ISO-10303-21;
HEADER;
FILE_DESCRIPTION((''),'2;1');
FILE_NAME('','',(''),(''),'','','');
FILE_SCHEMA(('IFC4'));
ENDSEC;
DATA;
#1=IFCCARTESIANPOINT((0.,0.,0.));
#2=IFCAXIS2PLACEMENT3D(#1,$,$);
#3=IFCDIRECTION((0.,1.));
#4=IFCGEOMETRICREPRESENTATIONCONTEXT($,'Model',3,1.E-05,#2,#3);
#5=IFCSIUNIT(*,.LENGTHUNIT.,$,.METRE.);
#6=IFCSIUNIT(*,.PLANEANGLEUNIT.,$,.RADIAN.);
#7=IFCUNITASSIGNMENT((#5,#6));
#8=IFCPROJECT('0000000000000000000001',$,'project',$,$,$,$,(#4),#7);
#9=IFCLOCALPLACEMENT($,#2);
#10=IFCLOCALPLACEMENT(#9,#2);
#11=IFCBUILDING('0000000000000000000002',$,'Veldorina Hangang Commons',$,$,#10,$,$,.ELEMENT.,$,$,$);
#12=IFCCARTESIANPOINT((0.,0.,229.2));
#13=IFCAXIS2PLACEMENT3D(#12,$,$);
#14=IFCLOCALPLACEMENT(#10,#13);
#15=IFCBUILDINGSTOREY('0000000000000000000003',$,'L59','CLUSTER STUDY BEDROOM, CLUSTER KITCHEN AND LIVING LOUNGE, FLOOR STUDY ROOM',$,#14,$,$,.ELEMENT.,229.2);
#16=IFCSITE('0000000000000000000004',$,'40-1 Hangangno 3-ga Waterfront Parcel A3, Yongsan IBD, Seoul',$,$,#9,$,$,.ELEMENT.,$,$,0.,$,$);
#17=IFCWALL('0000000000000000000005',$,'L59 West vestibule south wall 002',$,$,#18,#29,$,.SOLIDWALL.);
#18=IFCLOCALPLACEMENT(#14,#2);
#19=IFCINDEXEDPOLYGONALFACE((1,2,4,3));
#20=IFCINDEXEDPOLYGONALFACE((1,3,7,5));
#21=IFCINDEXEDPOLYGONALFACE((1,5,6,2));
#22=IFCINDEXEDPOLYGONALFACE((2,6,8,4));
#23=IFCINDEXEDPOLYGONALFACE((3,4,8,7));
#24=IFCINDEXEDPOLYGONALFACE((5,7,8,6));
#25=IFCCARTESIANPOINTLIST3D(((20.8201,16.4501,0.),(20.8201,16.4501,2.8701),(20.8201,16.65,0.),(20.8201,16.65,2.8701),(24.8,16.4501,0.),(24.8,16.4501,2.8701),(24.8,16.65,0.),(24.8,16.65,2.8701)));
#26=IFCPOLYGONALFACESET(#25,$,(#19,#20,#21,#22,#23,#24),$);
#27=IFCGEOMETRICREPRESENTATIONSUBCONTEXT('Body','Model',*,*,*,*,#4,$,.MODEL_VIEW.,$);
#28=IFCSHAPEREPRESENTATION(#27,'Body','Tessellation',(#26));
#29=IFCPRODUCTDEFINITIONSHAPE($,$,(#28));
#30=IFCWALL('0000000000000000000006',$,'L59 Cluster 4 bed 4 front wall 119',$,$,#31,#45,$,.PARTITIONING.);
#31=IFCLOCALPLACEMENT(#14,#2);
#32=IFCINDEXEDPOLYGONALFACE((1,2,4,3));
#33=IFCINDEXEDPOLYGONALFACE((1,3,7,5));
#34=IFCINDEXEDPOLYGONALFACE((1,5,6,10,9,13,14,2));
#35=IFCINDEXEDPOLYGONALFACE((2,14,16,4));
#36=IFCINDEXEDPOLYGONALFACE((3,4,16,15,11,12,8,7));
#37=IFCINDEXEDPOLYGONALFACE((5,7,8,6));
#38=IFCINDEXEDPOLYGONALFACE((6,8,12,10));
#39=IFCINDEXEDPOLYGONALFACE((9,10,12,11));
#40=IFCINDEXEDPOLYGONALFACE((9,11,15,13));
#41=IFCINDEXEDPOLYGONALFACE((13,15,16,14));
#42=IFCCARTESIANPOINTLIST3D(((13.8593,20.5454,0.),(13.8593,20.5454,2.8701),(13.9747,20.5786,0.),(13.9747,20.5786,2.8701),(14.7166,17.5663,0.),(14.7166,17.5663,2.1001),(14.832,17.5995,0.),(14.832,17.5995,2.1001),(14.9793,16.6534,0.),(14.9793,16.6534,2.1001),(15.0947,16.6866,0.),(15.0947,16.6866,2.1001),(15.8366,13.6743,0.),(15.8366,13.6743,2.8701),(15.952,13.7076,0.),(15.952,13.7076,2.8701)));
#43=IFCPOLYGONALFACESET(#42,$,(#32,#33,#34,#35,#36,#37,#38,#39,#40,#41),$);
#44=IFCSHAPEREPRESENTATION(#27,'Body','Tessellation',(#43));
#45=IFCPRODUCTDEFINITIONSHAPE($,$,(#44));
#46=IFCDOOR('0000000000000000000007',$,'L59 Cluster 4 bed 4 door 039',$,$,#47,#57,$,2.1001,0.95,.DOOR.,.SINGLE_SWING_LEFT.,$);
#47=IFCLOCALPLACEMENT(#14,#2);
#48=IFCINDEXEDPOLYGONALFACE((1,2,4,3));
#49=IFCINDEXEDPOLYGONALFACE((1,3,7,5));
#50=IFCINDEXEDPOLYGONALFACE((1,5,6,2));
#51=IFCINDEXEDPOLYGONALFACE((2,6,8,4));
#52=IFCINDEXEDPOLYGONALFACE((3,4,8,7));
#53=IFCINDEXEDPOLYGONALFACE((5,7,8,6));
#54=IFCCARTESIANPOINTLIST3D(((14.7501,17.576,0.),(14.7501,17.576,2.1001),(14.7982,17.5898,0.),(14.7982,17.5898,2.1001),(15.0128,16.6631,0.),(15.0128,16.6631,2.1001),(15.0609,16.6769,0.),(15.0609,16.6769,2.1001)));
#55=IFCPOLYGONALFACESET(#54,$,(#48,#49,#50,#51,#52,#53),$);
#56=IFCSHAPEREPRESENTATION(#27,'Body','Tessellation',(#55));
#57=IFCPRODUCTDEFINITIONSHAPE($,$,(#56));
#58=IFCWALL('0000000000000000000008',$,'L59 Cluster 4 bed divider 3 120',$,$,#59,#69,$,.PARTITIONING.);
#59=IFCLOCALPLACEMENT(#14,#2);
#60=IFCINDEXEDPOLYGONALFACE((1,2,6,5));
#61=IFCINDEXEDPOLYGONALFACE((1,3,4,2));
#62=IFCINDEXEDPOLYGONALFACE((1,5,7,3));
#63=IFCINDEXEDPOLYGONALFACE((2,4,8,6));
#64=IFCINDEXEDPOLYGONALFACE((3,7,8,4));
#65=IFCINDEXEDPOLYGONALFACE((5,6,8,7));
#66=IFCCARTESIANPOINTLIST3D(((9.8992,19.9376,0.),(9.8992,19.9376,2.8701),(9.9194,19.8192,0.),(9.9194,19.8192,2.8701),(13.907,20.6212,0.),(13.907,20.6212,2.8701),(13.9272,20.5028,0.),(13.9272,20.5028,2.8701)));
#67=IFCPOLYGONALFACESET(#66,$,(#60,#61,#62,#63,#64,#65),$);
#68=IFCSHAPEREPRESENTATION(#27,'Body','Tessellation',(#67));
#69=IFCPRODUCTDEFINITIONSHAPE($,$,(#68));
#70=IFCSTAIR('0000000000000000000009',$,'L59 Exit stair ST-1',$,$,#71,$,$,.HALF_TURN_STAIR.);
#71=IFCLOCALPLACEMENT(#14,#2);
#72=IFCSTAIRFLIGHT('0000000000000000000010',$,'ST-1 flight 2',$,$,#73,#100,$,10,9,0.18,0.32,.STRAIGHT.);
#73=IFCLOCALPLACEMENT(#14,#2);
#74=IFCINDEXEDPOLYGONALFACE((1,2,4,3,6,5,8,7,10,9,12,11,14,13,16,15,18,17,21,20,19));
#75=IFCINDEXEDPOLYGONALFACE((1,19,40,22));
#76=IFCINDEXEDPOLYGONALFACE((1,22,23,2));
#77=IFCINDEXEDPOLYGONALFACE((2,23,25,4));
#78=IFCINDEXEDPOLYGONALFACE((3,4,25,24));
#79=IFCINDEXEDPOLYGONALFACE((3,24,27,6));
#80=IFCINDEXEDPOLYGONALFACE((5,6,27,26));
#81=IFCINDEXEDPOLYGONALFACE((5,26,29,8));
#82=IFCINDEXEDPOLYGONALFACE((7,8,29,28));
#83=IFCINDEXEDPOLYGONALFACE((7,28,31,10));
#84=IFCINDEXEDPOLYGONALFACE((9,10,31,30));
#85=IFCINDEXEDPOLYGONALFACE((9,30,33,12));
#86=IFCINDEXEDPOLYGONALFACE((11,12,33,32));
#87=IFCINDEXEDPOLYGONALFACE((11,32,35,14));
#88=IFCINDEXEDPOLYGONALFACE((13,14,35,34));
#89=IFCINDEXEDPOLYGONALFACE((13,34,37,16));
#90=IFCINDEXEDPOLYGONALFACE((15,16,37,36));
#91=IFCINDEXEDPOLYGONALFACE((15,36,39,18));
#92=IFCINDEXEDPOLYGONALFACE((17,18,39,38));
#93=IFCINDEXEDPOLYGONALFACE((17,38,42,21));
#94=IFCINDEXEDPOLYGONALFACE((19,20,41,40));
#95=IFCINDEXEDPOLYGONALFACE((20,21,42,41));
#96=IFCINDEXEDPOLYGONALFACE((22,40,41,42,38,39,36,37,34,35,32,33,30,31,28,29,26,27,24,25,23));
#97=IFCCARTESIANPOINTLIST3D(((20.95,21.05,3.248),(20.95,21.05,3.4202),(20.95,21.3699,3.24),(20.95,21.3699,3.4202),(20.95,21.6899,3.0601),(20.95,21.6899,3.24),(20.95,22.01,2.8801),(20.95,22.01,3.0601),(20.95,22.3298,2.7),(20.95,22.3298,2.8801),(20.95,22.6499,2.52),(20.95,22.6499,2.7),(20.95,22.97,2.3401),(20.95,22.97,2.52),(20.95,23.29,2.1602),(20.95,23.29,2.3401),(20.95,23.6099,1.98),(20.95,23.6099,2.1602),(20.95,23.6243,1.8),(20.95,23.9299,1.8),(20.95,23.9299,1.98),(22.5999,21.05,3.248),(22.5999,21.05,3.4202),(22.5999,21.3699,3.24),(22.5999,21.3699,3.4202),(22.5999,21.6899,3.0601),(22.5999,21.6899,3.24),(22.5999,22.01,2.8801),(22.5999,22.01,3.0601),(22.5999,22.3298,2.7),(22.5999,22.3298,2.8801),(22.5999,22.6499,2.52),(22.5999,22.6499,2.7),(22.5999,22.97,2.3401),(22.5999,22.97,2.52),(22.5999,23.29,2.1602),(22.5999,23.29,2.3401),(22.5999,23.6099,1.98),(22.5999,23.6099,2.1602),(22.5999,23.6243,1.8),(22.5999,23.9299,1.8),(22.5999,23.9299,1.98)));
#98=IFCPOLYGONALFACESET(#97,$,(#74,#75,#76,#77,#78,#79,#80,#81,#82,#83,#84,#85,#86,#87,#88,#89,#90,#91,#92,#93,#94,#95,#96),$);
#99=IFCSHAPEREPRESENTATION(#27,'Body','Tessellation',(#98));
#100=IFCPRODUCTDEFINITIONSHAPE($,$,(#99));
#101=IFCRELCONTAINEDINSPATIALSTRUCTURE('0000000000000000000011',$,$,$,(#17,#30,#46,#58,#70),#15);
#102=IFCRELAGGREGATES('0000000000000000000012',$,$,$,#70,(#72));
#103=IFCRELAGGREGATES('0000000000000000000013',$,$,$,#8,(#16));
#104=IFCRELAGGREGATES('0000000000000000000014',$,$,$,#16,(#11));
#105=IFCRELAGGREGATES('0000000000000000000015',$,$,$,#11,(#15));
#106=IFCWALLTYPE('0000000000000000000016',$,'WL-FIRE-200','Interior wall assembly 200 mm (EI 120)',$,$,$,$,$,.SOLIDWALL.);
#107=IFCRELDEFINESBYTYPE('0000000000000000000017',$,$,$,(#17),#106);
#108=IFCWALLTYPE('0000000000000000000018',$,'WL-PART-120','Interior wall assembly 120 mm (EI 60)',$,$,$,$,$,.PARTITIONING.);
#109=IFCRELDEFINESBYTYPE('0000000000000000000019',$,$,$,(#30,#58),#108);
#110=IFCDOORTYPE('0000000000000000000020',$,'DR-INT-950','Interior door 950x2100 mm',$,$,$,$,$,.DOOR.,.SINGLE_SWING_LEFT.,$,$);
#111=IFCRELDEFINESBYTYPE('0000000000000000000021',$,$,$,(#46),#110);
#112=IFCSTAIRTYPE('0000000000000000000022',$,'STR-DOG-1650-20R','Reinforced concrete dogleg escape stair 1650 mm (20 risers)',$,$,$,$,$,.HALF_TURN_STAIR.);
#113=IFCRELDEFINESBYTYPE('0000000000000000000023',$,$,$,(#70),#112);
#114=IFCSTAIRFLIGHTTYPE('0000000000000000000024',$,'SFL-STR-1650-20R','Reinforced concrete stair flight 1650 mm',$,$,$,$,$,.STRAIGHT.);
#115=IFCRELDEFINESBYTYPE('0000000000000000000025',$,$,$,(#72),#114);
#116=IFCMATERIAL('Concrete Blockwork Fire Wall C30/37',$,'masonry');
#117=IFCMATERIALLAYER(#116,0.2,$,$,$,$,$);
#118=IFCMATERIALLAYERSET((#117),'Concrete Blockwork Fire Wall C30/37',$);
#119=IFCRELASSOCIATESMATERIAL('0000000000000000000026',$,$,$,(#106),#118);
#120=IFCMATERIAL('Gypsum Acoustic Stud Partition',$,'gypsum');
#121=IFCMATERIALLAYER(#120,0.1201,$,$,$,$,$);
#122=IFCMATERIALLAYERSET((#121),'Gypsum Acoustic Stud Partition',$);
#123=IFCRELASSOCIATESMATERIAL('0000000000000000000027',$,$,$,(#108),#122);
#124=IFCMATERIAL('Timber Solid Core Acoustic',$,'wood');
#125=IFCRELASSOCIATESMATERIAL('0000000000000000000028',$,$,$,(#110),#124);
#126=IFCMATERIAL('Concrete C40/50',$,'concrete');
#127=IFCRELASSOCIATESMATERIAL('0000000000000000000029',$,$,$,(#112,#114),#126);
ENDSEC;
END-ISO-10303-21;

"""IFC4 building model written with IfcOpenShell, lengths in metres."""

from ifc_helpers import new_model, si_unit, direction, frame, frame_2d, origin, place, context, subcontext, project, spatial, polyline, rectangle, outline, extrude, material, layer, layer_set, type_object, element, fill, aggregate, save


model = new_model("IFC4")

# Units and contexts
model_context = context("Model", 3, precision=1e-05, world=origin(), true_north=direction((0.0, 1.0)))
body_context = subcontext(model_context, "Body", "Model", "MODEL_VIEW")
ifc_project = project(units=[si_unit("LENGTHUNIT", "METRE"), si_unit("PLANEANGLEUNIT", "RADIAN")], contexts=[model_context])

# Site, building, storey
site_placement = place(None, origin())
site = spatial("IfcSite", under=ifc_project, at=site_placement, Name="40-1 Hangangno 3-ga Waterfront Parcel A3, Yongsan IBD, Seoul", CompositionType="ELEMENT", RefElevation=0.0)
building_placement = place(site_placement, origin())
building = spatial("IfcBuilding", under=site, at=building_placement, Name="Veldorina Hangang Commons", CompositionType="ELEMENT")
storey_placement = place(building_placement, frame((0.0, 0.0, 229.2)))
storey = spatial("IfcBuildingStorey", under=building, at=storey_placement, Name="L59", Description="CLUSTER STUDY BEDROOM, CLUSTER KITCHEN AND LIVING LOUNGE, FLOOR STUDY ROOM", CompositionType="ELEMENT", Elevation=229.2)

# Shared definitions
ifc_material_1 = material(Name="Concrete Blockwork Fire Wall C30/37", Category="masonry")
ifc_layer_1 = layer(ifc_material_1, 0.2)
ifc_layer_set_1 = layer_set([ifc_layer_1], Name="Concrete Blockwork Fire Wall C30/37")
wall_type_1 = type_object("IfcWallType", Name="WL-FIRE-200", Description="Interior wall assembly 200 mm (EI 120)", PredefinedType="SOLIDWALL", material=ifc_layer_set_1)

# Wall
wall_1_placement = place(storey_placement, frame((20.8201, 16.55, 0.0), z_axis=(0.0, 0.0, 1.0), x_axis=(1.0, 0.0, 0.0)))
element("IfcWall", 1, at=wall_1_placement, inside=storey, type_object=wall_type_1, Name="L59 West vestibule south wall 002", PredefinedType="SOLIDWALL", context=body_context, shape_type="SweptSolid", body=[
    extrude(rectangle(XDim=3.98, YDim=0.2, at=frame_2d((1.99, 0.0))), origin(), (0.0, 0.0, 1.0), 2.8701),
])

# Wall, opening, door
ifc_material_2 = material(Name="Gypsum Acoustic Stud Partition", Category="gypsum")
ifc_layer_2 = layer(ifc_material_2, 0.1201)
ifc_layer_set_2 = layer_set([ifc_layer_2], Name="Gypsum Acoustic Stud Partition")
wall_type_2 = type_object("IfcWallType", Name="WL-PART-120", Description="Interior wall assembly 120 mm (EI 60)", PredefinedType="PARTITIONING", material=ifc_layer_set_2)
wall_2_placement = place(storey_placement, frame((13.917, 20.562, 0.0), z_axis=(0.0, 0.0, 1.0), x_axis=(0.276547, -0.961, 0.0)))
wall_2 = element("IfcWall", 2, at=wall_2_placement, inside=storey, type_object=wall_type_2, Name="L59 Cluster 4 bed 4 front wall 119", PredefinedType="PARTITIONING", context=body_context, shape_type="SweptSolid", body=[
    extrude(rectangle(XDim=7.1499, YDim=0.1201, at=frame_2d((3.575, 0.0))), origin(), (0.0, 0.0, 1.0), 2.8701),
])
opening_1_placement = place(wall_2_placement, frame((3.0999, 0.0, 0.0)))
opening_1 = element("IfcOpeningElement", 3, at=opening_1_placement, cuts=wall_2, PredefinedType="OPENING", context=body_context, shape_type="SweptSolid", body=[
    extrude(rectangle(XDim=0.95, YDim=2.1001, at=frame_2d((0.4751, 1.05))), frame((0.0, 0.0701, 0.0), z_axis=(0.0, -1.0, 0.0), x_axis=(1.0, 0.0, 0.0)), (0.0, 0.0, 1.0), 0.1401),
])
ifc_material_3 = material(Name="Timber Solid Core Acoustic", Category="wood")
door_type_1 = type_object("IfcDoorType", Name="DR-INT-950", Description="Interior door 950x2100 mm", OperationType="SINGLE_SWING_LEFT", PredefinedType="DOOR", material=ifc_material_3)
door_1_placement = place(opening_1_placement, origin())
door_1 = element("IfcDoor", 4, at=door_1_placement, inside=storey, type_object=door_type_1, Name="L59 Cluster 4 bed 4 door 039", OperationType="SINGLE_SWING_LEFT", OverallHeight=2.1001, OverallWidth=0.95, PredefinedType="DOOR", context=body_context, shape_type="SweptSolid", body=[
    extrude(rectangle(XDim=0.95, YDim=2.1001, at=frame_2d((0.4751, 1.05))), frame((0.0, 0.0249, 0.0), z_axis=(0.0, -1.0, 0.0), x_axis=(1.0, 0.0, 0.0)), (0.0, 0.0, 1.0), 0.05),
])
fill(opening_1, door_1)

# Wall
wall_3_placement = place(storey_placement, frame((13.917, 20.562, 0.0), z_axis=(0.0, 0.0, 1.0), x_axis=(-0.985764, -0.168137, 0.0)))
element("IfcWall", 5, at=wall_3_placement, inside=storey, type_object=wall_type_2, Name="L59 Cluster 4 bed divider 3 120", PredefinedType="PARTITIONING", context=body_context, shape_type="SweptSolid", body=[
    extrude(rectangle(XDim=4.0657, YDim=0.1201, at=frame_2d((2.0327, 0.0))), origin(), (0.0, 0.0, 1.0), 2.8701),
])

# Stair, stair flight
ifc_material_4 = material(Name="Concrete C40/50", Category="concrete")
stair_type = type_object("IfcStairType", Name="STR-DOG-1650-20R", Description="Reinforced concrete dogleg escape stair 1650 mm (20 risers)", PredefinedType="HALF_TURN_STAIR", material=ifc_material_4)
stair_placement = place(storey_placement, origin())
stair = element("IfcStair", 6, at=stair_placement, inside=storey, type_object=stair_type, Name="L59 Exit stair ST-1", PredefinedType="HALF_TURN_STAIR")
stair_flight_type = type_object("IfcStairFlightType", Name="SFL-STR-1650-20R", Description="Reinforced concrete stair flight 1650 mm", PredefinedType="STRAIGHT", material=ifc_material_4)
stair_flight_placement = place(storey_placement, frame((21.7749, 23.9299, 1.8), z_axis=(0.0, 0.0, 1.0), x_axis=(0.0, -1.0, 0.0)))
stair_flight = element("IfcStairFlight", 7, at=stair_flight_placement, type_object=stair_flight_type, Name="ST-1 flight 2", NumberOfRisers=10, NumberOfTreads=9, PredefinedType="STRAIGHT", RiserHeight=0.18, TreadLength=0.32, context=body_context, shape_type="SweptSolid", body=[
    extrude(outline(polyline([(0.0, 0.0), (0.0, 0.1799), (0.3201, 0.1799), (0.3201, 0.3601), (0.6399, 0.3601), (0.6399, 0.54), (0.96, 0.54), (0.96, 0.72), (1.28, 0.72), (1.28, 0.8999), (1.6001, 0.8999), (1.6001, 1.0801), (1.9199, 1.0801), (1.9199, 1.26), (2.24, 1.26), (2.24, 1.4399), (2.5601, 1.4399), (2.5601, 1.6201), (2.8799, 1.6201), (2.8799, 1.8), (2.8799, 1.448), (0.3057, 0.0), (0.0, 0.0)])), frame((0.0, 0.825, 0.0), z_axis=(0.0, -1.0, 0.0), x_axis=(1.0, 0.0, 0.0)), (0.0, 0.0, 1.0), 1.6499),
])
aggregate(stair, [stair_flight])

save(model, "model.ifc")
